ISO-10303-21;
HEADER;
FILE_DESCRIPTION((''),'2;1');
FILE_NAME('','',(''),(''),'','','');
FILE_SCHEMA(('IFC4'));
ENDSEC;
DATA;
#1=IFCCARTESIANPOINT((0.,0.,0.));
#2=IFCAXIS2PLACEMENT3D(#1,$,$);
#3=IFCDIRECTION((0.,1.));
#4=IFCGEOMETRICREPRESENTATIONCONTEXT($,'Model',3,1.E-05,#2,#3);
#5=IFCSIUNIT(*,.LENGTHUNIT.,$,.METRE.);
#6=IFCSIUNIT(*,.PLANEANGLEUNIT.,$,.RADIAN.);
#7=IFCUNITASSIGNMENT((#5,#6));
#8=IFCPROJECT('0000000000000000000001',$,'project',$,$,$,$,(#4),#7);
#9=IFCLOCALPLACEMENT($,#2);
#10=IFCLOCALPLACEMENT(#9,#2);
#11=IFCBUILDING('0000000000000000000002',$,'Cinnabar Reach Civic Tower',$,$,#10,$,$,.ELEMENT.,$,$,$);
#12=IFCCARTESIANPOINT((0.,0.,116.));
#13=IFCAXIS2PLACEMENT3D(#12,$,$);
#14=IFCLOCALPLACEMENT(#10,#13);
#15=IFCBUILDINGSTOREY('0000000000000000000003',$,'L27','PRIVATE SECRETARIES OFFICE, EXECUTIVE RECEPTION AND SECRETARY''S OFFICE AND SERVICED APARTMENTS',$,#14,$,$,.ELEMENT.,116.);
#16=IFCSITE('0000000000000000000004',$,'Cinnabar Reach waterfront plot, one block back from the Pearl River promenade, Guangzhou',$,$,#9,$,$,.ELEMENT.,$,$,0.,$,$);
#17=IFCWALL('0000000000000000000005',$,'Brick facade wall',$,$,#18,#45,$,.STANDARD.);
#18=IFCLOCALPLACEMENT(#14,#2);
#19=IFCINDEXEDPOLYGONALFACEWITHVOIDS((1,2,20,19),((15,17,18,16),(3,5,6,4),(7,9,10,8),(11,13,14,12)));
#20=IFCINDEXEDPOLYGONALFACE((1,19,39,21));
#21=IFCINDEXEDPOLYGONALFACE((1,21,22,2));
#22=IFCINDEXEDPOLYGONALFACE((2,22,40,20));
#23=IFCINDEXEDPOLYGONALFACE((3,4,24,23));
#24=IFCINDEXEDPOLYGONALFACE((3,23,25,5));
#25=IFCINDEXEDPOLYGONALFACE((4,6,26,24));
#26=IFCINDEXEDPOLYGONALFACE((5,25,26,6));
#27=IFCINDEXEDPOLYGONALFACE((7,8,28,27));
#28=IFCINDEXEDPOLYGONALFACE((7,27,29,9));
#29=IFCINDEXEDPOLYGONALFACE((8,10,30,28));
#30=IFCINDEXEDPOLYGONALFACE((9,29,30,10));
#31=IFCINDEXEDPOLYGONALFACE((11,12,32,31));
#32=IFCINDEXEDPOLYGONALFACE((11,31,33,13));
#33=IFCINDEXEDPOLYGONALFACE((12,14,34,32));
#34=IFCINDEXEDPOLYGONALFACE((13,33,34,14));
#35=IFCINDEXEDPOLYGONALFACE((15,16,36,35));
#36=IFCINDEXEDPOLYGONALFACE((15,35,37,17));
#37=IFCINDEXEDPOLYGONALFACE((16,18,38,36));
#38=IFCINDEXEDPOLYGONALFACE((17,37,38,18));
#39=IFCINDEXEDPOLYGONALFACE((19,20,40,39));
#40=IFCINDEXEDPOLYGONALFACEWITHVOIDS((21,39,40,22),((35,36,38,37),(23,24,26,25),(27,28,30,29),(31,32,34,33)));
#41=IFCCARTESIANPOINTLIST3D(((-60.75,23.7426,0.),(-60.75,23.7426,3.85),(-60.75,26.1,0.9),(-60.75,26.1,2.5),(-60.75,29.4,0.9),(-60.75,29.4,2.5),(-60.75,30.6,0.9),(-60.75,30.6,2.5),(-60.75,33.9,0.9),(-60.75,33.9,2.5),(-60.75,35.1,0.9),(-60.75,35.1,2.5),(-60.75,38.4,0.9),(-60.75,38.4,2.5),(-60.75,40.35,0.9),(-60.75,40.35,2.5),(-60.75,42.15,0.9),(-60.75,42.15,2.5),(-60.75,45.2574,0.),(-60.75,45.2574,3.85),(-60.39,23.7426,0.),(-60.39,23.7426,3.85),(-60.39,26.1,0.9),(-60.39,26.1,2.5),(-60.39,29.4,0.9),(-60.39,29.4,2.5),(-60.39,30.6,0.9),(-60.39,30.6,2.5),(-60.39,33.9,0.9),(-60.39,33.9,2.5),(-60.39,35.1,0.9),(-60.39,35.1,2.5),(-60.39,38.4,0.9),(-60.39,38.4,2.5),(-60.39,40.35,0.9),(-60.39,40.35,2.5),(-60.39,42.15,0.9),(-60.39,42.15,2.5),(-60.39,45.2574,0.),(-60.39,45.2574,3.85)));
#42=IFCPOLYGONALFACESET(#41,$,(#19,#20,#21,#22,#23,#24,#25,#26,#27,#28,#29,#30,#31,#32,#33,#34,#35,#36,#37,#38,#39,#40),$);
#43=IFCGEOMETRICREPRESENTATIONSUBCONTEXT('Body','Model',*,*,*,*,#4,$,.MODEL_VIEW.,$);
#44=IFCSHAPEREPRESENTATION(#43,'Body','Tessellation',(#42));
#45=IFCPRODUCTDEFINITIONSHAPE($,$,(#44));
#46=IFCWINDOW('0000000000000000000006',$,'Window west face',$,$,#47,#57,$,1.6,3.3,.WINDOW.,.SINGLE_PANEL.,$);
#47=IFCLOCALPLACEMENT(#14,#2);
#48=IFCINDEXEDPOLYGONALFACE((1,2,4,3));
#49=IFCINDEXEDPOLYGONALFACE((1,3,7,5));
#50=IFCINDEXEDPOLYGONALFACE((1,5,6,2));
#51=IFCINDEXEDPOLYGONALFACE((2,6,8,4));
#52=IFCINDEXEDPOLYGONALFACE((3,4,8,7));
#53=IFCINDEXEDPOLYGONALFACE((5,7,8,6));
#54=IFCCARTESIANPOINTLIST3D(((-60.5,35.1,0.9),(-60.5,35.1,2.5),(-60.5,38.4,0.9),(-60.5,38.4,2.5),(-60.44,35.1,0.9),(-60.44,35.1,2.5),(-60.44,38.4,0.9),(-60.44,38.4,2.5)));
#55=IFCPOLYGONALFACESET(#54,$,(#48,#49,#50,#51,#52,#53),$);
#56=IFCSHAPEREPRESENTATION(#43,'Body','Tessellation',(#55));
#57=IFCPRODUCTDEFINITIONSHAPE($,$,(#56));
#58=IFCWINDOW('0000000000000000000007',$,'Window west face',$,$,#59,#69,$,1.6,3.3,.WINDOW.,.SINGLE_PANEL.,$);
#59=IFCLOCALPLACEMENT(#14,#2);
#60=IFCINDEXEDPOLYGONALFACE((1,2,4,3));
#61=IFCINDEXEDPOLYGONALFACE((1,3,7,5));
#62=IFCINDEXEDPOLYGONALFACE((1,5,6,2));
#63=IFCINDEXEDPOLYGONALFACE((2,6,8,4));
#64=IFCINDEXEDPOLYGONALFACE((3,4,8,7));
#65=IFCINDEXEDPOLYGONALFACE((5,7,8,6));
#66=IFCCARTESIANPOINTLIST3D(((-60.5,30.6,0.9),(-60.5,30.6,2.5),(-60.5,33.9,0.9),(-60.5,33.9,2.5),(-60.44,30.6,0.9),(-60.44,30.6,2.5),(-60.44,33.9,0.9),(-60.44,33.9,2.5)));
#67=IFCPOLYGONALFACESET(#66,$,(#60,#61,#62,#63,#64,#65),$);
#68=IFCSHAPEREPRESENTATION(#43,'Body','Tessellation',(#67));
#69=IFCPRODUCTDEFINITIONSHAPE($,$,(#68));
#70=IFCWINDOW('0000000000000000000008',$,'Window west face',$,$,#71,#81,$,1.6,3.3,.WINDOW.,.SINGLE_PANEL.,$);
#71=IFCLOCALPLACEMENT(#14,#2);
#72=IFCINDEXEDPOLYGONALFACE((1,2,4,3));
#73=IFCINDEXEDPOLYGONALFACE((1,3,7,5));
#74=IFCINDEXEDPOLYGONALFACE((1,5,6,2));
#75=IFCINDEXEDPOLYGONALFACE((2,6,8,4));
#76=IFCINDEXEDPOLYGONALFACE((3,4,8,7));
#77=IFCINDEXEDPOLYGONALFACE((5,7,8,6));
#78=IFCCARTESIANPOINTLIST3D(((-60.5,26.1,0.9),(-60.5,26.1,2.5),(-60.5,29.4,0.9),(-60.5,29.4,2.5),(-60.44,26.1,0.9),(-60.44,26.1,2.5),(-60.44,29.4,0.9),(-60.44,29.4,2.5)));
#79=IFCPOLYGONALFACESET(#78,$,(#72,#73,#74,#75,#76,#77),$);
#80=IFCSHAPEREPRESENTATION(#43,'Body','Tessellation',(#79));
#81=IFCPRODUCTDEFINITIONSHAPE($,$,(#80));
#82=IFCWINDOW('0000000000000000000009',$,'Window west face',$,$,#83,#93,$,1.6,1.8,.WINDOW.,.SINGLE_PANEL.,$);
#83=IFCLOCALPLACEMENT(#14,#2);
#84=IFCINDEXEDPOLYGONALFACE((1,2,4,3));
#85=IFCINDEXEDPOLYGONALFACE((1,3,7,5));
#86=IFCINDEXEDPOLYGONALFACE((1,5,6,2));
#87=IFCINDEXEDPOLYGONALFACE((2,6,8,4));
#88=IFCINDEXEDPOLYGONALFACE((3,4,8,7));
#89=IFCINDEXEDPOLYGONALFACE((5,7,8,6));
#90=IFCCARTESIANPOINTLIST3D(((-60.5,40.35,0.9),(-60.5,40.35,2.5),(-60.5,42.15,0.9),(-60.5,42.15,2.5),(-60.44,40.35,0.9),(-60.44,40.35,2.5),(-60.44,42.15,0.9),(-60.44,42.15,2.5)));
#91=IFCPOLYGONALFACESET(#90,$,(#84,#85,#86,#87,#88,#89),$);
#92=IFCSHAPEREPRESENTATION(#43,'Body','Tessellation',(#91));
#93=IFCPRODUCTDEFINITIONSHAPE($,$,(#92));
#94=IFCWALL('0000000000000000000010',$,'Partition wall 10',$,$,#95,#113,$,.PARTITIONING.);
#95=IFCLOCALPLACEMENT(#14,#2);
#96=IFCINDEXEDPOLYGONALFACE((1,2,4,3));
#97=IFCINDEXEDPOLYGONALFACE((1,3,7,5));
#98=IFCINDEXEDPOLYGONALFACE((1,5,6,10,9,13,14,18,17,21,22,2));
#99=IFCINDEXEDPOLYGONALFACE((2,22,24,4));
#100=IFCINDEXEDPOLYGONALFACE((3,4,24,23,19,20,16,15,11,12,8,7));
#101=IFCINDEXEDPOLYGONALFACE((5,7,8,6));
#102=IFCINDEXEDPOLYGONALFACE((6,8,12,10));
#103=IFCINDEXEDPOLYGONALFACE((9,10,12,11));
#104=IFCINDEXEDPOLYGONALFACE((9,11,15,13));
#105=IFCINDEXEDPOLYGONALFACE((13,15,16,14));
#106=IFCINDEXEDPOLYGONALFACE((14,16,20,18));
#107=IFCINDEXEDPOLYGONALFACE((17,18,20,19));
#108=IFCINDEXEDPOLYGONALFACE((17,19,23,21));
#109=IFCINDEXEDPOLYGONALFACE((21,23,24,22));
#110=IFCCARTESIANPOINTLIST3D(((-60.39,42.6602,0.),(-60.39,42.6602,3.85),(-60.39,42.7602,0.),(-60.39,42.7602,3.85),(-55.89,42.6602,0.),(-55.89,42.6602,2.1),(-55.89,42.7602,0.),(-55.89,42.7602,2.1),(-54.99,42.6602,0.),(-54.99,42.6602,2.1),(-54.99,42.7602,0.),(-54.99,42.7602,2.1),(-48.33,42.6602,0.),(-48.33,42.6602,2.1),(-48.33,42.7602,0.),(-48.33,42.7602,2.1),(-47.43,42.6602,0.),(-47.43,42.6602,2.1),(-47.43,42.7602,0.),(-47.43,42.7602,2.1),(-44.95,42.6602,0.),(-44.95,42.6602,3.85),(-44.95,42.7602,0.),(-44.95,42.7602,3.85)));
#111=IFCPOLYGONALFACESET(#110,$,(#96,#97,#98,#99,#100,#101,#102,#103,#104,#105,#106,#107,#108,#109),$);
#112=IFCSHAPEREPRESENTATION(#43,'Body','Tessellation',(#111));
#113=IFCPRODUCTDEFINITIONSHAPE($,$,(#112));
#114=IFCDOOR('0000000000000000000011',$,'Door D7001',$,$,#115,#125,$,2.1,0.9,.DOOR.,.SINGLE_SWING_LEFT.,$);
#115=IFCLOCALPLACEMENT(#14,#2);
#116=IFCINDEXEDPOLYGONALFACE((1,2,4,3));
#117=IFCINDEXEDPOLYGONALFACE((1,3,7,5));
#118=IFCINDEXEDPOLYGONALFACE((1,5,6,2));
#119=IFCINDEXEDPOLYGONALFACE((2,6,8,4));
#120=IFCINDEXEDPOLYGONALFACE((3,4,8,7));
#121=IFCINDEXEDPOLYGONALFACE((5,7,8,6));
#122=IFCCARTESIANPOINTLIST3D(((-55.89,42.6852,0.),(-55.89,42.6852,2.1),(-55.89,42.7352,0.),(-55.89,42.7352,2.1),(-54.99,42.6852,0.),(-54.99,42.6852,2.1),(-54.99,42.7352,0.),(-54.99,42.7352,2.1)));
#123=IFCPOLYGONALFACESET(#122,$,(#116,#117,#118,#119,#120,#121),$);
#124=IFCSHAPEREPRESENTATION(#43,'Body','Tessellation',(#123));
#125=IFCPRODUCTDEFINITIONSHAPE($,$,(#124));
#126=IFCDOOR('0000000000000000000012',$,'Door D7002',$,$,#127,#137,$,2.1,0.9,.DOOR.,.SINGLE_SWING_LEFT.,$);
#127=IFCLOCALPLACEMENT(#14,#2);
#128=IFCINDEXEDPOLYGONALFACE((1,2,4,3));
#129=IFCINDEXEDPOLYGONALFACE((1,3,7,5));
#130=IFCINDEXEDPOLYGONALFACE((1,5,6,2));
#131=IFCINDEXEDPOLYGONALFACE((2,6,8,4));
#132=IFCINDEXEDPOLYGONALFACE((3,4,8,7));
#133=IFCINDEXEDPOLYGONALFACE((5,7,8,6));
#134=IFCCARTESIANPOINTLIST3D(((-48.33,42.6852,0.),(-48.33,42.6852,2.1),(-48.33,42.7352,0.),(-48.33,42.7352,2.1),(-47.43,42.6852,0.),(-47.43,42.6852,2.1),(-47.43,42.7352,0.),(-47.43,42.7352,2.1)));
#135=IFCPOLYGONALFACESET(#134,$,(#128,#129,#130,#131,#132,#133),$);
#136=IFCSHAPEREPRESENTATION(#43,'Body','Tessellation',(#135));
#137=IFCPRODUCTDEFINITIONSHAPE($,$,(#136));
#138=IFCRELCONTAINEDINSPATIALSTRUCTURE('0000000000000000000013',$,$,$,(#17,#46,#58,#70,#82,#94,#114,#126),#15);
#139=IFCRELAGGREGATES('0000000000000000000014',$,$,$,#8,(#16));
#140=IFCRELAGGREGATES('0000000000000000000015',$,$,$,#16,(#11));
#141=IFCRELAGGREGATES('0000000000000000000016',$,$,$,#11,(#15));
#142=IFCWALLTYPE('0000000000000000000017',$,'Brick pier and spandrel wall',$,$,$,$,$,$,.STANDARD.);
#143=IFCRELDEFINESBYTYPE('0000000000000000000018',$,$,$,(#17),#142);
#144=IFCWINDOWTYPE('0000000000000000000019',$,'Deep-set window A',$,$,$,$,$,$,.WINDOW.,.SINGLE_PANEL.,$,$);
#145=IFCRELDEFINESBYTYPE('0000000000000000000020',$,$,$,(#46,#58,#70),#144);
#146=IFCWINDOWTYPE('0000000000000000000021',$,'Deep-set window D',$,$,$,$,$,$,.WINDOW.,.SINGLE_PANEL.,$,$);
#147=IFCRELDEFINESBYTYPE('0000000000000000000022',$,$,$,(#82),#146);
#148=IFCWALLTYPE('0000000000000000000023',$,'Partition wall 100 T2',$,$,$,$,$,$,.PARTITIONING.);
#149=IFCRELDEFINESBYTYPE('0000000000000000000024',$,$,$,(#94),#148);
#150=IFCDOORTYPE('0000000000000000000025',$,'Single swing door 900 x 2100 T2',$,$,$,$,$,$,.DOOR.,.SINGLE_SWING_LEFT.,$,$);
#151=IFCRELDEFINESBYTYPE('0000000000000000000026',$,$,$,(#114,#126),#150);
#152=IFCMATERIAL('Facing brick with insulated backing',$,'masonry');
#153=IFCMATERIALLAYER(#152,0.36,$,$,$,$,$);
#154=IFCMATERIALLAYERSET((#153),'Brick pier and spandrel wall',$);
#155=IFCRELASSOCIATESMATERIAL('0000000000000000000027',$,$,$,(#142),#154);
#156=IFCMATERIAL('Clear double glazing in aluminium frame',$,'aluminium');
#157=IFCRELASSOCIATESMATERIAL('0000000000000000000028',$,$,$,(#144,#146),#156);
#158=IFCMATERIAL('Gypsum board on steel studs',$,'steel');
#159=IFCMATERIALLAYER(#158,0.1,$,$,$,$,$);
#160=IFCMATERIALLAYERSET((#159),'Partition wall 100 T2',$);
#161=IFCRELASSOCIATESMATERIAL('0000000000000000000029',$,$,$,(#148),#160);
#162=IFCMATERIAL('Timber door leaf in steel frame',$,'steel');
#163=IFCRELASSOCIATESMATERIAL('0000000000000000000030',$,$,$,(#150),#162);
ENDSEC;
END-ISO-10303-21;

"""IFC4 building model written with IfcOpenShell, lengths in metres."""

from ifc_helpers import new_model, si_unit, direction, frame, frame_2d, origin, place, context, subcontext, project, spatial, rectangle, extrude, material, layer, layer_set, type_object, element, fill, save


model = new_model("IFC4")

# Units and contexts
model_context = context("Model", 3, precision=1e-05, world=origin(), true_north=direction((0.0, 1.0)))
body_context = subcontext(model_context, "Body", "Model", "MODEL_VIEW")
ifc_project = project(units=[si_unit("LENGTHUNIT", "METRE"), si_unit("PLANEANGLEUNIT", "RADIAN")], contexts=[model_context])

# Site, building, storey
site_placement = place(None, origin())
site = spatial("IfcSite", under=ifc_project, at=site_placement, Name="Cinnabar Reach waterfront plot, one block back from the Pearl River promenade, Guangzhou", CompositionType="ELEMENT", RefElevation=0.0)
building_placement = place(site_placement, origin())
building = spatial("IfcBuilding", under=site, at=building_placement, Name="Cinnabar Reach Civic Tower", CompositionType="ELEMENT")
storey_placement = place(building_placement, frame((0.0, 0.0, 116.0)))
storey = spatial("IfcBuildingStorey", under=building, at=storey_placement, Name="L27", Description="PRIVATE SECRETARIES OFFICE, EXECUTIVE RECEPTION AND SECRETARY'S OFFICE AND SERVICED APARTMENTS", CompositionType="ELEMENT", Elevation=116.0)

# Shared definitions
ifc_material_1 = material(Name="Facing brick with insulated backing", Category="masonry")
ifc_layer_1 = layer(ifc_material_1, 0.36)
ifc_layer_set_1 = layer_set([ifc_layer_1], Name="Brick pier and spandrel wall")
wall_type_1 = type_object("IfcWallType", Name="Brick pier and spandrel wall", PredefinedType="STANDARD", material=ifc_layer_set_1)

# Wall, openings, windows
wall_1_placement = place(storey_placement, frame((-60.57, 45.2574, 0.0), z_axis=(0.0, 0.0, 1.0), x_axis=(0.0, -1.0, 0.0)))
wall_1 = element("IfcWall", 1, at=wall_1_placement, inside=storey, type_object=wall_type_1, Name="Brick facade wall", PredefinedType="STANDARD", context=body_context, shape_type="SweptSolid", body=[
    extrude(rectangle(XDim=21.5148, YDim=0.36, at=frame_2d((10.7574, 0.0))), origin(), (0.0, 0.0, 1.0), 3.85),
])
opening_1_placement = place(wall_1_placement, frame((3.1074, 0.0, 0.9)))
opening_1 = element("IfcOpeningElement", 2, at=opening_1_placement, cuts=wall_1, PredefinedType="OPENING", context=body_context, shape_type="SweptSolid", body=[
    extrude(rectangle(XDim=1.8, YDim=1.6, at=frame_2d((0.9, 0.8))), frame((0.0, 0.19, 0.0), z_axis=(0.0, -1.0, 0.0), x_axis=(1.0, 0.0, 0.0)), (0.0, 0.0, 1.0), 0.38),
])
opening_2_placement = place(wall_1_placement, frame((6.8574, 0.0, 0.9)))
opening_2 = element("IfcOpeningElement", 3, at=opening_2_placement, cuts=wall_1, PredefinedType="OPENING", context=body_context, shape_type="SweptSolid", body=[
    extrude(rectangle(XDim=3.3, YDim=1.6, at=frame_2d((1.65, 0.8))), frame((0.0, 0.19, 0.0), z_axis=(0.0, -1.0, 0.0), x_axis=(1.0, 0.0, 0.0)), (0.0, 0.0, 1.0), 0.38),
])
opening_3_placement = place(wall_1_placement, frame((11.3574, 0.0, 0.9)))
opening_3 = element("IfcOpeningElement", 4, at=opening_3_placement, cuts=wall_1, PredefinedType="OPENING", context=body_context, shape_type="SweptSolid", body=[
    extrude(rectangle(XDim=3.3, YDim=1.6, at=frame_2d((1.65, 0.8))), frame((0.0, 0.19, 0.0), z_axis=(0.0, -1.0, 0.0), x_axis=(1.0, 0.0, 0.0)), (0.0, 0.0, 1.0), 0.38),
])
opening_4_placement = place(wall_1_placement, frame((15.8574, 0.0, 0.9)))
opening_4 = element("IfcOpeningElement", 5, at=opening_4_placement, cuts=wall_1, PredefinedType="OPENING", context=body_context, shape_type="SweptSolid", body=[
    extrude(rectangle(XDim=3.3, YDim=1.6, at=frame_2d((1.65, 0.8))), frame((0.0, 0.19, 0.0), z_axis=(0.0, -1.0, 0.0), x_axis=(1.0, 0.0, 0.0)), (0.0, 0.0, 1.0), 0.38),
])
ifc_material_2 = material(Name="Clear double glazing in aluminium frame", Category="aluminium")
window_type_1 = type_object("IfcWindowType", Name="Deep-set window A", PartitioningType="SINGLE_PANEL", PredefinedType="WINDOW", material=ifc_material_2)
window_1_placement = place(opening_2_placement, origin())
window_1 = element("IfcWindow", 6, at=window_1_placement, inside=storey, type_object=window_type_1, Name="Window west face", OverallHeight=1.6, OverallWidth=3.3, PartitioningType="SINGLE_PANEL", PredefinedType="WINDOW", context=body_context, shape_type="SweptSolid", body=[
    extrude(rectangle(XDim=3.3, YDim=1.6, at=frame_2d((1.65, 0.8))), frame((0.0, 0.13, 0.0), z_axis=(0.0, -1.0, 0.0), x_axis=(1.0, 0.0, 0.0)), (0.0, 0.0, 1.0), 0.06),
])
fill(opening_2, window_1)
window_2_placement = place(opening_3_placement, origin())
window_2 = element("IfcWindow", 7, at=window_2_placement, inside=storey, type_object=window_type_1, Name="Window west face", OverallHeight=1.6, OverallWidth=3.3, PartitioningType="SINGLE_PANEL", PredefinedType="WINDOW", context=body_context, shape_type="SweptSolid", body=[
    extrude(rectangle(XDim=3.3, YDim=1.6, at=frame_2d((1.65, 0.8))), frame((0.0, 0.13, 0.0), z_axis=(0.0, -1.0, 0.0), x_axis=(1.0, 0.0, 0.0)), (0.0, 0.0, 1.0), 0.06),
])
fill(opening_3, window_2)
window_3_placement = place(opening_4_placement, origin())
window_3 = element("IfcWindow", 8, at=window_3_placement, inside=storey, type_object=window_type_1, Name="Window west face", OverallHeight=1.6, OverallWidth=3.3, PartitioningType="SINGLE_PANEL", PredefinedType="WINDOW", context=body_context, shape_type="SweptSolid", body=[
    extrude(rectangle(XDim=3.3, YDim=1.6, at=frame_2d((1.65, 0.8))), frame((0.0, 0.13, 0.0), z_axis=(0.0, -1.0, 0.0), x_axis=(1.0, 0.0, 0.0)), (0.0, 0.0, 1.0), 0.06),
])
fill(opening_4, window_3)
window_type_2 = type_object("IfcWindowType", Name="Deep-set window D", PartitioningType="SINGLE_PANEL", PredefinedType="WINDOW", material=ifc_material_2)
window_4_placement = place(opening_1_placement, origin())
window_4 = element("IfcWindow", 9, at=window_4_placement, inside=storey, type_object=window_type_2, Name="Window west face", OverallHeight=1.6, OverallWidth=1.8, PartitioningType="SINGLE_PANEL", PredefinedType="WINDOW", context=body_context, shape_type="SweptSolid", body=[
    extrude(rectangle(XDim=1.8, YDim=1.6, at=frame_2d((0.9, 0.8))), frame((0.0, 0.13, 0.0), z_axis=(0.0, -1.0, 0.0), x_axis=(1.0, 0.0, 0.0)), (0.0, 0.0, 1.0), 0.06),
])
fill(opening_1, window_4)

# Wall, openings, doors
ifc_material_3 = material(Name="Gypsum board on steel studs", Category="steel")
ifc_layer_2 = layer(ifc_material_3, 0.1)
ifc_layer_set_2 = layer_set([ifc_layer_2], Name="Partition wall 100 T2")
wall_type_2 = type_object("IfcWallType", Name="Partition wall 100 T2", PredefinedType="PARTITIONING", material=ifc_layer_set_2)
wall_2_placement = place(storey_placement, frame((-60.39, 42.7102, 0.0), z_axis=(0.0, 0.0, 1.0), x_axis=(1.0, 0.0, 0.0)))
wall_2 = element("IfcWall", 10, at=wall_2_placement, inside=storey, type_object=wall_type_2, Name="Partition wall 10", PredefinedType="PARTITIONING", context=body_context, shape_type="SweptSolid", body=[
    extrude(rectangle(XDim=15.44, YDim=0.1, at=frame_2d((7.72, 0.0))), origin(), (0.0, 0.0, 1.0), 3.85),
])
opening_5_placement = place(wall_2_placement, frame((4.5, 0.0, 0.0)))
opening_5 = element("IfcOpeningElement", 11, at=opening_5_placement, cuts=wall_2, PredefinedType="OPENING", context=body_context, shape_type="SweptSolid", body=[
    extrude(rectangle(XDim=0.9, YDim=2.1, at=frame_2d((0.45, 1.05))), frame((0.0, 0.06, 0.0), z_axis=(0.0, -1.0, 0.0), x_axis=(1.0, 0.0, 0.0)), (0.0, 0.0, 1.0), 0.12),
])
opening_6_placement = place(wall_2_placement, frame((12.06, 0.0, 0.0)))
opening_6 = element("IfcOpeningElement", 12, at=opening_6_placement, cuts=wall_2, PredefinedType="OPENING", context=body_context, shape_type="SweptSolid", body=[
    extrude(rectangle(XDim=0.9, YDim=2.1, at=frame_2d((0.45, 1.05))), frame((0.0, 0.06, 0.0), z_axis=(0.0, -1.0, 0.0), x_axis=(1.0, 0.0, 0.0)), (0.0, 0.0, 1.0), 0.12),
])
ifc_material_4 = material(Name="Timber door leaf in steel frame", Category="steel")
door_type = type_object("IfcDoorType", Name="Single swing door 900 x 2100 T2", OperationType="SINGLE_SWING_LEFT", PredefinedType="DOOR", material=ifc_material_4)
door_1_placement = place(opening_5_placement, frame((0.9, 0.0, 0.0), z_axis=(0.0, 0.0, 1.0), x_axis=(-1.0, 0.0, 0.0)))
door_1 = element("IfcDoor", 13, at=door_1_placement, inside=storey, type_object=door_type, Name="Door D7001", OperationType="SINGLE_SWING_LEFT", OverallHeight=2.1, OverallWidth=0.9, PredefinedType="DOOR", context=body_context, shape_type="SweptSolid", body=[
    extrude(rectangle(XDim=0.9, YDim=2.1, at=frame_2d((0.45, 1.05))), frame((0.0, 0.025, 0.0), z_axis=(0.0, -1.0, 0.0), x_axis=(1.0, 0.0, 0.0)), (0.0, 0.0, 1.0), 0.05),
])
fill(opening_5, door_1)
door_2_placement = place(opening_6_placement, origin())
door_2 = element("IfcDoor", 14, at=door_2_placement, inside=storey, type_object=door_type, Name="Door D7002", OperationType="SINGLE_SWING_LEFT", OverallHeight=2.1, OverallWidth=0.9, PredefinedType="DOOR", context=body_context, shape_type="SweptSolid", body=[
    extrude(rectangle(XDim=0.9, YDim=2.1, at=frame_2d((0.45, 1.05))), frame((0.0, 0.025, 0.0), z_axis=(0.0, -1.0, 0.0), x_axis=(1.0, 0.0, 0.0)), (0.0, 0.0, 1.0), 0.05),
])
fill(opening_6, door_2)

save(model, "model.ifc")
